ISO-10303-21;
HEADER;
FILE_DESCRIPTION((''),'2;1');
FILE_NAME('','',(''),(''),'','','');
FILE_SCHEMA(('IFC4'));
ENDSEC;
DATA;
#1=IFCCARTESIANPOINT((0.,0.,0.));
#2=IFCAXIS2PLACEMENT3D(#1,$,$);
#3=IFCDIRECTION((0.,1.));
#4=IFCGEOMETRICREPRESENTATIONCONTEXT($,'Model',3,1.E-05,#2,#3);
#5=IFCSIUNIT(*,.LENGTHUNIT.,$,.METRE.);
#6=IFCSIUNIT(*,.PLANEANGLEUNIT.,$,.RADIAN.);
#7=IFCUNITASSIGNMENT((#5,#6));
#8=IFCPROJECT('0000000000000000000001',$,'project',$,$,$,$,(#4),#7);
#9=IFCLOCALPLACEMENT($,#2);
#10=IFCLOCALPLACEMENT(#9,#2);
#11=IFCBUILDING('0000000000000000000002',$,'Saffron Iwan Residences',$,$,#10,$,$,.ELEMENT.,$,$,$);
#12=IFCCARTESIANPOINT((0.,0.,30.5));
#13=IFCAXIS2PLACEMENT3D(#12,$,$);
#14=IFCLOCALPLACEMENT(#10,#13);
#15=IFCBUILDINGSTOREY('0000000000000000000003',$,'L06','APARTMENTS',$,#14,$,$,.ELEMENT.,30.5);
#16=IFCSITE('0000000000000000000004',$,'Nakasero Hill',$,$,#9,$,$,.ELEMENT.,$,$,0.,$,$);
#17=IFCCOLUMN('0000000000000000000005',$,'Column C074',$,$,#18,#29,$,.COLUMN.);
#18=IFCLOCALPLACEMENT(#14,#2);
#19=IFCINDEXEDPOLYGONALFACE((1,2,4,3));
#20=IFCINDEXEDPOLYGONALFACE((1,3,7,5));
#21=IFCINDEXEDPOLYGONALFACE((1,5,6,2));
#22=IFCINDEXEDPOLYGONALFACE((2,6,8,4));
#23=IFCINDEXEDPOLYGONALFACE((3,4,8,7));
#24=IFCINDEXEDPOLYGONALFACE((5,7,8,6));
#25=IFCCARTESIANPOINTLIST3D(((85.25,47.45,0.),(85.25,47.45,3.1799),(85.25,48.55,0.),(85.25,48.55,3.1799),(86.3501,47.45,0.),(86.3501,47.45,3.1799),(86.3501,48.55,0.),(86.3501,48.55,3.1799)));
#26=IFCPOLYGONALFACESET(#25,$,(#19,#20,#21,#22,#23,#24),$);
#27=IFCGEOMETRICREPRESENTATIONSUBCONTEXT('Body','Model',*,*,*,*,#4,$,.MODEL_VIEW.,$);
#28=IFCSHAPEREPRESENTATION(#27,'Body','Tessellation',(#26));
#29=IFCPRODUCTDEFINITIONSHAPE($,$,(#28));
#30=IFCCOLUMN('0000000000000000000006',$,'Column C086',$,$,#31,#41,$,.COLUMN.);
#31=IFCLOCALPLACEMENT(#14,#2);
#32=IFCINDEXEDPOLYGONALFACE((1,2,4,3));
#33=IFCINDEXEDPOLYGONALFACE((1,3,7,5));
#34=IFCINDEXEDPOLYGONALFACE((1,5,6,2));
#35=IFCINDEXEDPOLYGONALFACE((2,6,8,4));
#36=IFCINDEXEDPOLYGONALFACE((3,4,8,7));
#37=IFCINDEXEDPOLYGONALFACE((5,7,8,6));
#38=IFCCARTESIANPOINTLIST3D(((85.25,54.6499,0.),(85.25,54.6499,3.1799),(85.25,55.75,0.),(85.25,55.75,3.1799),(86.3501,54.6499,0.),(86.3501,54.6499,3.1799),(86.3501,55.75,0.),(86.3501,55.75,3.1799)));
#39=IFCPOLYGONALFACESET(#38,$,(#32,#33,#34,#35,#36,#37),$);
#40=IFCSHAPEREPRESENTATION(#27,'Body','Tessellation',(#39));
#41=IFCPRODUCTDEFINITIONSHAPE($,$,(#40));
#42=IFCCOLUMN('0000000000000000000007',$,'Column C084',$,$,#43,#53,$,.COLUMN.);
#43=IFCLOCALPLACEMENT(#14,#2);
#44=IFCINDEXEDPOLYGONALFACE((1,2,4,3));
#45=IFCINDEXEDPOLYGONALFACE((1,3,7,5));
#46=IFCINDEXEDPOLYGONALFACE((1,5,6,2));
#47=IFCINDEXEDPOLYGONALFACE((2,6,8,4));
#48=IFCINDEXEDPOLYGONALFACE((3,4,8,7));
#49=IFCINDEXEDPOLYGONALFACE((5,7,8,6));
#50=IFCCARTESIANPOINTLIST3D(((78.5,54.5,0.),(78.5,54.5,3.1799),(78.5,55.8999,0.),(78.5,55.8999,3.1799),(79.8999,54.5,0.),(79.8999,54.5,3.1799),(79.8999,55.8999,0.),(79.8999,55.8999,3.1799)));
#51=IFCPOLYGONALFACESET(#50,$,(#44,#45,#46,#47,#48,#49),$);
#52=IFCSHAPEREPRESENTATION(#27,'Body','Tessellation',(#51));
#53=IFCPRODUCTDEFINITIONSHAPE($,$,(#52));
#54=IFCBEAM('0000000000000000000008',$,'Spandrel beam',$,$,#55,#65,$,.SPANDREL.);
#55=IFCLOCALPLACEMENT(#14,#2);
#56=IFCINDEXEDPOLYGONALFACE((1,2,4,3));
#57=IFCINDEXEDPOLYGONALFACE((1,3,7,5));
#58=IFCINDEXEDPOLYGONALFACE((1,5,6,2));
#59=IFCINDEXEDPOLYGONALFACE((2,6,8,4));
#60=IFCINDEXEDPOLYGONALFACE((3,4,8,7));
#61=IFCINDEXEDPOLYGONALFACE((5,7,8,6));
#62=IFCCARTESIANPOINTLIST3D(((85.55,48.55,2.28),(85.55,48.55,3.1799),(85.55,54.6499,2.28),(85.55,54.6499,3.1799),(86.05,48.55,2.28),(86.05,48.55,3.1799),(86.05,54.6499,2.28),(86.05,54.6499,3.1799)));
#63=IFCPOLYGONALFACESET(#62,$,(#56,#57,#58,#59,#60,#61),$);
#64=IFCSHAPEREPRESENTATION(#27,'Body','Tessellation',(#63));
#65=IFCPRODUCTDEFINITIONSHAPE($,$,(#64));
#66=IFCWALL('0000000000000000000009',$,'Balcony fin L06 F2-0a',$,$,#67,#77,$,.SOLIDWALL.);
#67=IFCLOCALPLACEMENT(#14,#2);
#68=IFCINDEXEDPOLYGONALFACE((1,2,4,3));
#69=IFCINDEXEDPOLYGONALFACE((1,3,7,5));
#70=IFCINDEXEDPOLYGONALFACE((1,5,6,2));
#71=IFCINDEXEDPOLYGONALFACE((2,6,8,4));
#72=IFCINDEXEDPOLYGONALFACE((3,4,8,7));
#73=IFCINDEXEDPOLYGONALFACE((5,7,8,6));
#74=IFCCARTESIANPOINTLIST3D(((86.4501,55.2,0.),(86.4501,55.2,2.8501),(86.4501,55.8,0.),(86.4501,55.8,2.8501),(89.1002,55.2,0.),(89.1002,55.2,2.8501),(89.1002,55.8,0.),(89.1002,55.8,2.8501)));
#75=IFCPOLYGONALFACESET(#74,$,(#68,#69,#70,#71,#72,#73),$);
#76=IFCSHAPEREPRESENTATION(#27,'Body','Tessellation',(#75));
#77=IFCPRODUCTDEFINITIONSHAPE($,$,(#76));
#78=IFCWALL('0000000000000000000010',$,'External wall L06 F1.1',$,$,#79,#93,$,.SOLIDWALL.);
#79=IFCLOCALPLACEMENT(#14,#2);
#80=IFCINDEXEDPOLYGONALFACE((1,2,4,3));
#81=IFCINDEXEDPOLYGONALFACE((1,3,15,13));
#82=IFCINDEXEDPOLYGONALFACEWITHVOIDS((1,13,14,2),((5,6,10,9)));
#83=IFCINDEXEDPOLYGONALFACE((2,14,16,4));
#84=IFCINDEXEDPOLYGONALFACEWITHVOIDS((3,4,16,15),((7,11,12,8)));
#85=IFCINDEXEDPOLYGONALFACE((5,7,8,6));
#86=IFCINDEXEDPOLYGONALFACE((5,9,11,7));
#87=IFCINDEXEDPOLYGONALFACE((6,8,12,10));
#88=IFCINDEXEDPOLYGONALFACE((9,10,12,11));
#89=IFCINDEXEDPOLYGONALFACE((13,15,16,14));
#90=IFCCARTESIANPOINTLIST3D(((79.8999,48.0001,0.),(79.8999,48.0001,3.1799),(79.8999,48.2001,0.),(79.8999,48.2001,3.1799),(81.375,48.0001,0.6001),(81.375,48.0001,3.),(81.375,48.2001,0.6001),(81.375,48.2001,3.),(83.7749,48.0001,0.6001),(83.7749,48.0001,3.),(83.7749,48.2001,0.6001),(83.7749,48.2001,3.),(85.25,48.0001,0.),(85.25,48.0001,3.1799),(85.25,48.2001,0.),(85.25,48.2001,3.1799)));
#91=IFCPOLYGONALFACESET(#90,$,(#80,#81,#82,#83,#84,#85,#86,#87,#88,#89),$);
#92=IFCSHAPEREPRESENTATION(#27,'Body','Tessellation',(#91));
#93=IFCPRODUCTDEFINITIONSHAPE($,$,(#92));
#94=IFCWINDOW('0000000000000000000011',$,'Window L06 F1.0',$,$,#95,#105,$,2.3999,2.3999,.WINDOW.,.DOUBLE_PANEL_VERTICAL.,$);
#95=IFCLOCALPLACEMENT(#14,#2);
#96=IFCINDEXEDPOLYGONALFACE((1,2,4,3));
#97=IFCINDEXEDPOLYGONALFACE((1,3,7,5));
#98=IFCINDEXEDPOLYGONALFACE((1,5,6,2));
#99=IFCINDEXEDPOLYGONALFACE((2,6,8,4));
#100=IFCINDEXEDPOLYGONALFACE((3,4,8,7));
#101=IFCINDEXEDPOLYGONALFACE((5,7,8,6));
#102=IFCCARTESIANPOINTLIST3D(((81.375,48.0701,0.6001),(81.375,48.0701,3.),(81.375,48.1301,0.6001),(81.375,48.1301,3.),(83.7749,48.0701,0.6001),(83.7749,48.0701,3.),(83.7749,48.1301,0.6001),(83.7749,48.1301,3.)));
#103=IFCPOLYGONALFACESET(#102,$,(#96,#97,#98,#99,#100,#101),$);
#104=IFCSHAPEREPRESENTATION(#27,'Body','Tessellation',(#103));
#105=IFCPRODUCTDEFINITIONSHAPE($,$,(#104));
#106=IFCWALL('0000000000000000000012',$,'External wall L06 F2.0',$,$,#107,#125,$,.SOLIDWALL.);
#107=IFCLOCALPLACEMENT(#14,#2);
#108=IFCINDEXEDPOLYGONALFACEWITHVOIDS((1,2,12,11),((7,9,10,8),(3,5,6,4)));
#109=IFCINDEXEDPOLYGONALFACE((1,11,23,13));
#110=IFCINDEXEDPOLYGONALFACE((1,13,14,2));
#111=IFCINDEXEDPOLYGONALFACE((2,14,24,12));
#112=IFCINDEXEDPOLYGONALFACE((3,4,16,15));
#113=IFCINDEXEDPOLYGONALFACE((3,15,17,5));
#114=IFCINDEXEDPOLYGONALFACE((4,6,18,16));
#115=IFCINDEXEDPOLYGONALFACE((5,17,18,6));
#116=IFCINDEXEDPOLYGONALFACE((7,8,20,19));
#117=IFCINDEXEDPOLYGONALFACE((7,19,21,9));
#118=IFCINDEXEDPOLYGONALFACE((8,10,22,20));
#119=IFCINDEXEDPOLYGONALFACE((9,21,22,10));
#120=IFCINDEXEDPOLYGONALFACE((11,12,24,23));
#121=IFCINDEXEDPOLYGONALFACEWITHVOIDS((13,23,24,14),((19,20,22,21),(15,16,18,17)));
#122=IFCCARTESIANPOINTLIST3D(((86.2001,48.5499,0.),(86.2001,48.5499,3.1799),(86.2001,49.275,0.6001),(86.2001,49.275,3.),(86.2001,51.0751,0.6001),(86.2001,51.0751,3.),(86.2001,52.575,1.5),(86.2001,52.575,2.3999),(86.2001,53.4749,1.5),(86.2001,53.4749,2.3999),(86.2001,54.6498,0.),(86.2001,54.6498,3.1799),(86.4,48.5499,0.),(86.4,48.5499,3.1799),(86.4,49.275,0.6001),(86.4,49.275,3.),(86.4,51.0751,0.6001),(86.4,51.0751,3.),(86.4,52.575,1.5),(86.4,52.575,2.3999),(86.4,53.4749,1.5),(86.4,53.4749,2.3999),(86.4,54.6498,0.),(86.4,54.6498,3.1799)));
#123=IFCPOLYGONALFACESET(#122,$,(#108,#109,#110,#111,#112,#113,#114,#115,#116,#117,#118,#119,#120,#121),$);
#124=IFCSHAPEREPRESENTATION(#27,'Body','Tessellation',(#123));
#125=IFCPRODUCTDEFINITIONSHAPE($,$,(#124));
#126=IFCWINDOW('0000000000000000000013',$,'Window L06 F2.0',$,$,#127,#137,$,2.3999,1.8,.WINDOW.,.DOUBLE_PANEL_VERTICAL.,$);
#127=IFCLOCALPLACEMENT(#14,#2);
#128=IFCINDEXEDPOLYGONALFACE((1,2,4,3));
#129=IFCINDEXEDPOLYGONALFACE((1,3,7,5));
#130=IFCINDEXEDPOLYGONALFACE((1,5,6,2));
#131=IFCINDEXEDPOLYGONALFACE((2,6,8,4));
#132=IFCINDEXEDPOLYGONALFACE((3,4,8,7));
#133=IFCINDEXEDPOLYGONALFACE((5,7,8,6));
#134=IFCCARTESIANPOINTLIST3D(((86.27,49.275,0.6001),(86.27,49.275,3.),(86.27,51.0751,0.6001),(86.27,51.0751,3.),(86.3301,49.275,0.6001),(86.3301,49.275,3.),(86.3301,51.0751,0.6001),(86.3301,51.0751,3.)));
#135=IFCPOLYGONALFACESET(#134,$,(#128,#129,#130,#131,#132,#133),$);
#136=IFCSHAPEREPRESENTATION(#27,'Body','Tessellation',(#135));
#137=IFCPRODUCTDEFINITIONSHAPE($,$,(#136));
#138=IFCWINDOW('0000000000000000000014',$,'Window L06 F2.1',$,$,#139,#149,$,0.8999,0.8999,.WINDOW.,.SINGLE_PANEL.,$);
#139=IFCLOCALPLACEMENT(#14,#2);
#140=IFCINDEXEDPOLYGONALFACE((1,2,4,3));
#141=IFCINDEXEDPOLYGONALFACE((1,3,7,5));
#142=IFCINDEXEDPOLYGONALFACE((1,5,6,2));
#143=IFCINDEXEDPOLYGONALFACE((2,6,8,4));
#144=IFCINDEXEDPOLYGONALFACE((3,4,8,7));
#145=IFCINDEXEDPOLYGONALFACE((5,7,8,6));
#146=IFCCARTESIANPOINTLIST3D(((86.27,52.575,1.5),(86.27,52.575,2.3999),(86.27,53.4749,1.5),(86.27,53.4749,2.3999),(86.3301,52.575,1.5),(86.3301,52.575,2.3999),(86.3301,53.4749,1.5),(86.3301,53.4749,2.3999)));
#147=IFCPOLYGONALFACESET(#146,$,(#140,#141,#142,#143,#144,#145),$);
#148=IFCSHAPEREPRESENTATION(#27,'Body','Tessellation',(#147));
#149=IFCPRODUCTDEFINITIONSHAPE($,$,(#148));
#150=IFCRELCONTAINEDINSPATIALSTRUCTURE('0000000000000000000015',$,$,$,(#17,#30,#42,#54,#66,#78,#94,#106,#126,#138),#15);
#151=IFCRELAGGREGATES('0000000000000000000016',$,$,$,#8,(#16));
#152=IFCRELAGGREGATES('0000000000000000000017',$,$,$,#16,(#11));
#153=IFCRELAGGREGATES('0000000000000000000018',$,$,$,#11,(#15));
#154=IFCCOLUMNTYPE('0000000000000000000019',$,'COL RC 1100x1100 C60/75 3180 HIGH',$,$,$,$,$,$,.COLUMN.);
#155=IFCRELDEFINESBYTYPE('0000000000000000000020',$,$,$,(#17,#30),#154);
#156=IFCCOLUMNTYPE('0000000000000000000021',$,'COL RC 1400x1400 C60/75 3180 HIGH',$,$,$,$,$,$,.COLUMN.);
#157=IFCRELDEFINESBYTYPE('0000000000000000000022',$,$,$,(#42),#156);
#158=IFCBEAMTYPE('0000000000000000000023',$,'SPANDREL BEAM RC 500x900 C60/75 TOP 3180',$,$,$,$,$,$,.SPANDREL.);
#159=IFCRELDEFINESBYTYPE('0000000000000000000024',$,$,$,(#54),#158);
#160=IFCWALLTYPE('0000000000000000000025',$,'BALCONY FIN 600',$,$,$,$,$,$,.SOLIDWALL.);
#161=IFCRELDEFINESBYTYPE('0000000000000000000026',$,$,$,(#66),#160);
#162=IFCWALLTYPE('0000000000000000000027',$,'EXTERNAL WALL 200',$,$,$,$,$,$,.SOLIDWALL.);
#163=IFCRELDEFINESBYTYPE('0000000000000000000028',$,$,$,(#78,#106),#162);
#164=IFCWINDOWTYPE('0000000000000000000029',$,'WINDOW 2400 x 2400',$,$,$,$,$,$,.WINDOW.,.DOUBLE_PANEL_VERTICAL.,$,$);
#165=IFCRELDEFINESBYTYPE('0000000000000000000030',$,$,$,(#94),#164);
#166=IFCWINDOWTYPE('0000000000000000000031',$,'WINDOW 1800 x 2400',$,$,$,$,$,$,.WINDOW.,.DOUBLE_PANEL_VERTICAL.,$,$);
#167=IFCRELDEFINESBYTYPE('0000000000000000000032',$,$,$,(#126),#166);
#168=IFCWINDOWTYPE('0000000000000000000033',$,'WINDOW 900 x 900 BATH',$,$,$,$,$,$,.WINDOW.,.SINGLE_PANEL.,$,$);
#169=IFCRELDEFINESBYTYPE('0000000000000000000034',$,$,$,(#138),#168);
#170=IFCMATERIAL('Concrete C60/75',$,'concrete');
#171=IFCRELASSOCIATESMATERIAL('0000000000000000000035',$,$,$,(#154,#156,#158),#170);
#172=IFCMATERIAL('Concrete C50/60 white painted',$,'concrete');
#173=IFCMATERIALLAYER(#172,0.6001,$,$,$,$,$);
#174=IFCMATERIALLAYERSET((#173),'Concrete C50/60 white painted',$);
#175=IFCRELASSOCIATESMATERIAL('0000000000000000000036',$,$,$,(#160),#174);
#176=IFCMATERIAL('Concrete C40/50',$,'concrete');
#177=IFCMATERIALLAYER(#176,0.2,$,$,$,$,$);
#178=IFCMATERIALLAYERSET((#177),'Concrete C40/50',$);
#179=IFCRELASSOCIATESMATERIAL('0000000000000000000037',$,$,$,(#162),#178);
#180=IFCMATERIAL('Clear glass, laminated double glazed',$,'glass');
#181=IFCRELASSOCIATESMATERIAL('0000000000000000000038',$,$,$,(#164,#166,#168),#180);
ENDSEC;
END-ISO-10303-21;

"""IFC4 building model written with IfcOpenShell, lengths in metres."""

from ifc_helpers import new_model, si_unit, direction, frame, frame_2d, origin, origin_2d, place, context, subcontext, project, spatial, rectangle, extrude, source, transform, mapped, material, layer, layer_set, material_profile, profile_set, type_object, element, fill, save


model = new_model("IFC4")

# Units and contexts
model_context = context("Model", 3, precision=1e-05, world=origin(), true_north=direction((0.0, 1.0)))
body_context = subcontext(model_context, "Body", "Model", "MODEL_VIEW")
ifc_project = project(units=[si_unit("LENGTHUNIT", "METRE"), si_unit("PLANEANGLEUNIT", "RADIAN")], contexts=[model_context])

# Site, building, storey
site_placement = place(None, origin())
site = spatial("IfcSite", under=ifc_project, at=site_placement, Name="Nakasero Hill", CompositionType="ELEMENT", RefElevation=0.0)
building_placement = place(site_placement, origin())
building = spatial("IfcBuilding", under=site, at=building_placement, Name="Saffron Iwan Residences", CompositionType="ELEMENT")
storey_placement = place(building_placement, frame((0.0, 0.0, 30.5)))
storey = spatial("IfcBuildingStorey", under=building, at=storey_placement, Name="L06", Description="APARTMENTS", CompositionType="ELEMENT", Elevation=30.5)

# Columns
ifc_material_1 = material(Name="Concrete C60/75", Category="concrete")
ifc_material_profile_1 = material_profile(ifc_material_1, rectangle(XDim=1.1001, YDim=1.1001, at=origin_2d()), Name="RC 1100x1100")
ifc_profile_set_1 = profile_set([ifc_material_profile_1], Name="Concrete C60/75")
column_type_1 = type_object("IfcColumnType", Name="COL RC 1100x1100 C60/75 3180 HIGH", PredefinedType="COLUMN", material=ifc_profile_set_1)
shared_shape_1 = source(origin(), body_context, "Body", "SweptSolid", [
    extrude(rectangle(XDim=1.1001, YDim=1.1001, at=origin_2d()), origin(), (0.0, 0.0, 1.0), 3.1799),
])
for number, where, z_axis, x_axis, name in (
    (1, (85.8, 48.0, 0.0), (0.0, 0.0, 1.0), (1.0, 0.0, 0.0), "Column C074"),
    (2, (85.8, 55.2, 0.0), (0.0, 0.0, 1.0), (1.0, 0.0, 0.0), "Column C086"),
):
    element("IfcColumn", number, at=place(storey_placement, frame(where, z_axis=z_axis, x_axis=x_axis)), inside=storey, type_object=column_type_1, Name=name, PredefinedType="COLUMN", context=body_context, shape_type="MappedRepresentation", body=[
        mapped(shared_shape_1, transform((0.0, 0.0, 0.0))),
    ])
ifc_material_profile_2 = material_profile(ifc_material_1, rectangle(XDim=1.3999, YDim=1.3999, at=origin_2d()), Name="RC 1400x1400")
ifc_profile_set_2 = profile_set([ifc_material_profile_2], Name="Concrete C60/75")
column_type_2 = type_object("IfcColumnType", Name="COL RC 1400x1400 C60/75 3180 HIGH", PredefinedType="COLUMN", material=ifc_profile_set_2)
shared_shape_2 = source(origin(), body_context, "Body", "SweptSolid", [
    extrude(rectangle(XDim=1.3999, YDim=1.3999, at=origin_2d()), origin(), (0.0, 0.0, 1.0), 3.1799),
])
column_placement = place(storey_placement, frame((79.2, 55.2, 0.0), z_axis=(0.0, 0.0, 1.0), x_axis=(1.0, 0.0, 0.0)))
element("IfcColumn", 3, at=column_placement, inside=storey, type_object=column_type_2, Name="Column C084", PredefinedType="COLUMN", context=body_context, shape_type="MappedRepresentation", body=[
    mapped(shared_shape_2, transform((0.0, 0.0, 0.0))),
])

# Beam
ifc_material_profile_3 = material_profile(ifc_material_1, rectangle(XDim=0.5, YDim=0.8999, at=origin_2d()), Name="RC 500x900")
ifc_profile_set_3 = profile_set([ifc_material_profile_3], Name="Concrete C60/75")
beam_type = type_object("IfcBeamType", Name="SPANDREL BEAM RC 500x900 C60/75 TOP 3180", PredefinedType="SPANDREL", material=ifc_profile_set_3)
shared_shape_3 = source(origin(), body_context, "Body", "SweptSolid", [
    extrude(rectangle(XDim=0.5, YDim=0.8999, at=origin_2d()), origin(), (0.0, 0.0, 1.0), 6.0999),
])
beam_placement = place(storey_placement, frame((85.8, 54.6499, 2.73), z_axis=(0.0, -1.0, 0.0), x_axis=(1.0, 0.0, 0.0)))
element("IfcBeam", 4, at=beam_placement, inside=storey, type_object=beam_type, Name="Spandrel beam", PredefinedType="SPANDREL", context=body_context, shape_type="MappedRepresentation", body=[
    mapped(shared_shape_3, transform((0.0, 0.0, 0.0))),
])

# Wall
ifc_material_2 = material(Name="Concrete C50/60 white painted", Category="concrete")
ifc_layer_1 = layer(ifc_material_2, 0.6001)
ifc_layer_set_1 = layer_set([ifc_layer_1], Name="Concrete C50/60 white painted")
wall_type_1 = type_object("IfcWallType", Name="BALCONY FIN 600", PredefinedType="SOLIDWALL", material=ifc_layer_set_1)
wall_1_placement = place(storey_placement, frame((86.45, 55.5, 0.0), z_axis=(0.0, 0.0, 1.0), x_axis=(1.0, 0.0, 0.0)))
element("IfcWall", 5, at=wall_1_placement, inside=storey, type_object=wall_type_1, Name="Balcony fin L06 F2-0a", PredefinedType="SOLIDWALL", context=body_context, shape_type="SweptSolid", body=[
    extrude(rectangle(XDim=2.6501, YDim=0.6001, at=frame_2d((1.3252, 0.0))), origin(), (0.0, 0.0, 1.0), 2.8501),
])

# Wall, opening, window
ifc_material_3 = material(Name="Concrete C40/50", Category="concrete")
ifc_layer_2 = layer(ifc_material_3, 0.2)
ifc_layer_set_2 = layer_set([ifc_layer_2], Name="Concrete C40/50")
wall_type_2 = type_object("IfcWallType", Name="EXTERNAL WALL 200", PredefinedType="SOLIDWALL", material=ifc_layer_set_2)
wall_2_placement = place(storey_placement, frame((79.8999, 48.1001, 0.0), z_axis=(0.0, 0.0, 1.0), x_axis=(1.0, 0.0, 0.0)))
wall_2 = element("IfcWall", 6, at=wall_2_placement, inside=storey, type_object=wall_type_2, Name="External wall L06 F1.1", PredefinedType="SOLIDWALL", context=body_context, shape_type="SweptSolid", body=[
    extrude(rectangle(XDim=5.3501, YDim=0.2, at=frame_2d((2.675, 0.0))), origin(), (0.0, 0.0, 1.0), 3.1799),
])
opening_1_placement = place(wall_2_placement, frame((1.4751, 0.0, 0.6001)))
opening_1 = element("IfcOpeningElement", 7, at=opening_1_placement, cuts=wall_2, PredefinedType="OPENING", context=body_context, shape_type="SweptSolid", body=[
    extrude(rectangle(XDim=2.3999, YDim=2.3999, at=frame_2d((1.2, 1.2))), frame((0.0, 0.1099, 0.0), z_axis=(0.0, -1.0, 0.0), x_axis=(1.0, 0.0, 0.0)), (0.0, 0.0, 1.0), 0.22),
])
ifc_material_4 = material(Name="Clear glass, laminated double glazed", Category="glass")
window_type_1 = type_object("IfcWindowType", Name="WINDOW 2400 x 2400", PartitioningType="DOUBLE_PANEL_VERTICAL", PredefinedType="WINDOW", material=ifc_material_4)
window_1_placement = place(opening_1_placement, origin())
window_1 = element("IfcWindow", 8, at=window_1_placement, inside=storey, type_object=window_type_1, Name="Window L06 F1.0", OverallHeight=2.3999, OverallWidth=2.3999, PartitioningType="DOUBLE_PANEL_VERTICAL", PredefinedType="WINDOW", context=body_context, shape_type="SweptSolid", body=[
    extrude(rectangle(XDim=2.3999, YDim=2.3999, at=frame_2d((1.2, 1.2))), frame((0.0, 0.03, 0.0), z_axis=(0.0, -1.0, 0.0), x_axis=(1.0, 0.0, 0.0)), (0.0, 0.0, 1.0), 0.0601),
])
fill(opening_1, window_1)

# Wall, openings, windows
wall_3_placement = place(storey_placement, frame((86.3, 48.55, 0.0), z_axis=(0.0, 0.0, 1.0), x_axis=(0.0, 1.0, 0.0)))
wall_3 = element("IfcWall", 9, at=wall_3_placement, inside=storey, type_object=wall_type_2, Name="External wall L06 F2.0", PredefinedType="SOLIDWALL", context=body_context, shape_type="SweptSolid", body=[
    extrude(rectangle(XDim=6.0999, YDim=0.2, at=frame_2d((3.0498, 0.0))), origin(), (0.0, 0.0, 1.0), 3.1799),
])
opening_2_placement = place(wall_3_placement, frame((0.7251, 0.0, 0.6001)))
opening_2 = element("IfcOpeningElement", 10, at=opening_2_placement, cuts=wall_3, PredefinedType="OPENING", context=body_context, shape_type="SweptSolid", body=[
    extrude(rectangle(XDim=1.8, YDim=2.3999, at=frame_2d((0.8999, 1.2))), frame((0.0, 0.1099, 0.0), z_axis=(0.0, -1.0, 0.0), x_axis=(1.0, 0.0, 0.0)), (0.0, 0.0, 1.0), 0.22),
])
opening_3_placement = place(wall_3_placement, frame((4.0249, 0.0, 1.5)))
opening_3 = element("IfcOpeningElement", 11, at=opening_3_placement, cuts=wall_3, PredefinedType="OPENING", context=body_context, shape_type="SweptSolid", body=[
    extrude(rectangle(XDim=0.8999, YDim=0.8999, at=frame_2d((0.45, 0.45))), frame((0.0, 0.1099, 0.0), z_axis=(0.0, -1.0, 0.0), x_axis=(1.0, 0.0, 0.0)), (0.0, 0.0, 1.0), 0.22),
])
window_type_2 = type_object("IfcWindowType", Name="WINDOW 1800 x 2400", PartitioningType="DOUBLE_PANEL_VERTICAL", PredefinedType="WINDOW", material=ifc_material_4)
window_2_placement = place(opening_2_placement, origin())
window_2 = element("IfcWindow", 12, at=window_2_placement, inside=storey, type_object=window_type_2, Name="Window L06 F2.0", OverallHeight=2.3999, OverallWidth=1.8, PartitioningType="DOUBLE_PANEL_VERTICAL", PredefinedType="WINDOW", context=body_context, shape_type="SweptSolid", body=[
    extrude(rectangle(XDim=1.8, YDim=2.3999, at=frame_2d((0.8999, 1.2))), frame((0.0, 0.03, 0.0), z_axis=(0.0, -1.0, 0.0), x_axis=(1.0, 0.0, 0.0)), (0.0, 0.0, 1.0), 0.0601),
])
fill(opening_2, window_2)
window_type_3 = type_object("IfcWindowType", Name="WINDOW 900 x 900 BATH", PartitioningType="SINGLE_PANEL", PredefinedType="WINDOW", material=ifc_material_4)
window_3_placement = place(opening_3_placement, origin())
window_3 = element("IfcWindow", 13, at=window_3_placement, inside=storey, type_object=window_type_3, Name="Window L06 F2.1", OverallHeight=0.8999, OverallWidth=0.8999, PartitioningType="SINGLE_PANEL", PredefinedType="WINDOW", context=body_context, shape_type="SweptSolid", body=[
    extrude(rectangle(XDim=0.8999, YDim=0.8999, at=frame_2d((0.45, 0.45))), frame((0.0, 0.03, 0.0), z_axis=(0.0, -1.0, 0.0), x_axis=(1.0, 0.0, 0.0)), (0.0, 0.0, 1.0), 0.0601),
])
fill(opening_3, window_3)

save(model, "model.ifc")
